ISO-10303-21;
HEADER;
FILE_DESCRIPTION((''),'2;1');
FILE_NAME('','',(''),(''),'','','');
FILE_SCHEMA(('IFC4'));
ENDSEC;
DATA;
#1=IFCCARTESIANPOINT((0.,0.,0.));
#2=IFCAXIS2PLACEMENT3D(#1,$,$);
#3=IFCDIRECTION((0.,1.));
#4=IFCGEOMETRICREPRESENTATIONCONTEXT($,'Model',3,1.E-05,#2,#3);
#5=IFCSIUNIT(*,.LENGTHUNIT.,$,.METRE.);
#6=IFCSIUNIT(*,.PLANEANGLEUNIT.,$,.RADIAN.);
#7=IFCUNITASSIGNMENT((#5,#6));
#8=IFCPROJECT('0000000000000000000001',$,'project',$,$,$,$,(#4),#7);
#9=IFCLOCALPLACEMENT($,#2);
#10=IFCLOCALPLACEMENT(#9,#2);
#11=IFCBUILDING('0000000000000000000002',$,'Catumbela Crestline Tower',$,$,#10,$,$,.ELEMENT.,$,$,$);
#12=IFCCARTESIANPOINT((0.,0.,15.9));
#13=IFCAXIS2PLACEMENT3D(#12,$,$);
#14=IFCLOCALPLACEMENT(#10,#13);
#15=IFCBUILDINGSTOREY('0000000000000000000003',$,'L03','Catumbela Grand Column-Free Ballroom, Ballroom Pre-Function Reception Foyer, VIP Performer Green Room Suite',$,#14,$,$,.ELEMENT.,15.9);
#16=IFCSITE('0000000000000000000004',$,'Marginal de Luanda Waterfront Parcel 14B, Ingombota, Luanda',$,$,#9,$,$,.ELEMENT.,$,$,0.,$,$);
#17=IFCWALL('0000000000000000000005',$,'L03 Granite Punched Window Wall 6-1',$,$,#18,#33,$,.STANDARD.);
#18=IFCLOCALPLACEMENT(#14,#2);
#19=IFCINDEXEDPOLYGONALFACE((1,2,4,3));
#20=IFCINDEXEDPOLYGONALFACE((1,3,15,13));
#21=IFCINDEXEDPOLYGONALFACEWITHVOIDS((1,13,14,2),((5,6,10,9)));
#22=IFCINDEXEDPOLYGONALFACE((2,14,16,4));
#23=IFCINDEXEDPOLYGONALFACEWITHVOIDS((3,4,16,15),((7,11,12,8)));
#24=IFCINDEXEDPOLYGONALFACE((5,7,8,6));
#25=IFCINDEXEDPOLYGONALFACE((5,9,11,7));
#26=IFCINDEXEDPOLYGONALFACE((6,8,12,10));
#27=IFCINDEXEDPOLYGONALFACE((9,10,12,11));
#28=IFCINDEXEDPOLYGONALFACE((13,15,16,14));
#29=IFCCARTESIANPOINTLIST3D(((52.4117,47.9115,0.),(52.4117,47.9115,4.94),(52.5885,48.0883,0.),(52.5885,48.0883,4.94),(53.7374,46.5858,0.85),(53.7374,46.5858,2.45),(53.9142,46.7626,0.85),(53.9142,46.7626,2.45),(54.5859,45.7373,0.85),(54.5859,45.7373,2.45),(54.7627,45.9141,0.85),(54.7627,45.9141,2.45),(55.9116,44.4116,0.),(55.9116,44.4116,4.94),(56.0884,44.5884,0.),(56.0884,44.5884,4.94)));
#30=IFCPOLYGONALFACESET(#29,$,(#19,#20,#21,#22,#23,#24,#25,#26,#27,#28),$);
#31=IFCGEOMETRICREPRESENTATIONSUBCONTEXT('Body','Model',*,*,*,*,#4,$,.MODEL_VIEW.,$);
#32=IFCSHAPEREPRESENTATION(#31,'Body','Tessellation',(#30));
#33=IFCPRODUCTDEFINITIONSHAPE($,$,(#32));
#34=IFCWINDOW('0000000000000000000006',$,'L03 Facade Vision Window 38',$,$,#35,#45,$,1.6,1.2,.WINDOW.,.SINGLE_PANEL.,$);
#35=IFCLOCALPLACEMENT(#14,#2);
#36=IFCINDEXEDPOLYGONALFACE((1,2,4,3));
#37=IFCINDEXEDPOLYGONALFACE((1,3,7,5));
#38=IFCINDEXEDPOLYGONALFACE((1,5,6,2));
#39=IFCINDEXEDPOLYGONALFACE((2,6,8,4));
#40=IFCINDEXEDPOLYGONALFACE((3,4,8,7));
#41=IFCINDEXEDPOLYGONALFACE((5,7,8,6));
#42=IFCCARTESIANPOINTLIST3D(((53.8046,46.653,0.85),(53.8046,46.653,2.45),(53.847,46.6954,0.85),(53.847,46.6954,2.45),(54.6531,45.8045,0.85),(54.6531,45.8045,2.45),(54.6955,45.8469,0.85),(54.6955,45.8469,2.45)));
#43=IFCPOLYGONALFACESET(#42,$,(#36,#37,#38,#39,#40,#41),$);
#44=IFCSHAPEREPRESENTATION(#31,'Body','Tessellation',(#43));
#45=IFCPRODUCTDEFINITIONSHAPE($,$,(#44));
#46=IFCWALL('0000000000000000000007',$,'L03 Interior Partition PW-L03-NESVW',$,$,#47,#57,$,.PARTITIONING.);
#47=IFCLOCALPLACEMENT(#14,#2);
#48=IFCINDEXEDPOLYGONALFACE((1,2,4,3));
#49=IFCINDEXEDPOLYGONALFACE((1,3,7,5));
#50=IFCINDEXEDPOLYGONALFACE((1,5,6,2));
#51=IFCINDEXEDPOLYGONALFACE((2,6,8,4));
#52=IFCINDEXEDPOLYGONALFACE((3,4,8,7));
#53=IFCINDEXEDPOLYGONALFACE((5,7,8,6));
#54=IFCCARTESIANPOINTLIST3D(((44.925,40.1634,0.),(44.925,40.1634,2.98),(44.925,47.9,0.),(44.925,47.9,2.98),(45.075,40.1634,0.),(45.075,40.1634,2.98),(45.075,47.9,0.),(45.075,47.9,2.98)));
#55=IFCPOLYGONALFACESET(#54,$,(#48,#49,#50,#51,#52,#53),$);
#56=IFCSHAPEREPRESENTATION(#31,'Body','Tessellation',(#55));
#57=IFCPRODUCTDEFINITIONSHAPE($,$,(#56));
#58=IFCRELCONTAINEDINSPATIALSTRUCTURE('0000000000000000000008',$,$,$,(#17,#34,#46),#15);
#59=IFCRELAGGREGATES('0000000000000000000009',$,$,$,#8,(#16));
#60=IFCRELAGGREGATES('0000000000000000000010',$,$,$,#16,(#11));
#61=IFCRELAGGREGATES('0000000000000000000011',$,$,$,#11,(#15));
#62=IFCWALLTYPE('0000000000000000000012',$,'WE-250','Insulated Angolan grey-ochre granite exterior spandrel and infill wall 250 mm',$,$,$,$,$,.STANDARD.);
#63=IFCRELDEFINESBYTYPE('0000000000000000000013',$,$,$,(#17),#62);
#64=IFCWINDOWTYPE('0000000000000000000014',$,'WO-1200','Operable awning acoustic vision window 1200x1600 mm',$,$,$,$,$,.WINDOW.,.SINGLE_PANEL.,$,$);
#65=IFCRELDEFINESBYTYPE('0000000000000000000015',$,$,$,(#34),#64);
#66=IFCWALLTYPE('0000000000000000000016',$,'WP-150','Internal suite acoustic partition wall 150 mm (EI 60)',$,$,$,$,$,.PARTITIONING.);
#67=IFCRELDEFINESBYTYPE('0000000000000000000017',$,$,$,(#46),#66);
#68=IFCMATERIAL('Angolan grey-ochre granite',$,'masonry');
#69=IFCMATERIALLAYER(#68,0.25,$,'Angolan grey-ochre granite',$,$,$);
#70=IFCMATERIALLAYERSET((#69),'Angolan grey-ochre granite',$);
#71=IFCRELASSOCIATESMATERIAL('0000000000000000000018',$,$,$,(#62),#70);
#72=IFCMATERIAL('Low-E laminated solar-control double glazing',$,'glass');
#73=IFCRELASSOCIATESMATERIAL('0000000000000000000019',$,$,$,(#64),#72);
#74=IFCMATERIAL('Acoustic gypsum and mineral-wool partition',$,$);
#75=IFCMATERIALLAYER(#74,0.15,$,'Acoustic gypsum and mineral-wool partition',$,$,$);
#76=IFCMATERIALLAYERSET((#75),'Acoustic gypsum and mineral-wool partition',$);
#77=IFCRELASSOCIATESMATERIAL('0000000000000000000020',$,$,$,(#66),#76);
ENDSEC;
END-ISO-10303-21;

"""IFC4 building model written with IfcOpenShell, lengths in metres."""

from ifc_helpers import new_model, si_unit, direction, frame, frame_2d, origin, place, context, subcontext, project, spatial, rectangle, extrude, material, layer, layer_set, type_object, element, fill, save


model = new_model("IFC4")

# Units and contexts
model_context = context("Model", 3, precision=1e-05, world=origin(), true_north=direction((0.0, 1.0)))
body_context = subcontext(model_context, "Body", "Model", "MODEL_VIEW")
ifc_project = project(units=[si_unit("LENGTHUNIT", "METRE"), si_unit("PLANEANGLEUNIT", "RADIAN")], contexts=[model_context])

# Site, building, storey
site_placement = place(None, origin())
site = spatial("IfcSite", under=ifc_project, at=site_placement, Name="Marginal de Luanda Waterfront Parcel 14B, Ingombota, Luanda", CompositionType="ELEMENT", RefElevation=0.0)
building_placement = place(site_placement, origin())
building = spatial("IfcBuilding", under=site, at=building_placement, Name="Catumbela Crestline Tower", CompositionType="ELEMENT")
storey_placement = place(building_placement, frame((0.0, 0.0, 15.9)))
storey = spatial("IfcBuildingStorey", under=building, at=storey_placement, Name="L03", Description="Catumbela Grand Column-Free Ballroom, Ballroom Pre-Function Reception Foyer, VIP Performer Green Room Suite", CompositionType="ELEMENT", Elevation=15.9)

# Shared definitions
ifc_material_1 = material(Name="Low-E laminated solar-control double glazing", Category="glass")

# Wall, opening, window
ifc_material_2 = material(Name="Angolan grey-ochre granite", Category="masonry")
ifc_layer_1 = layer(ifc_material_2, 0.25, Name="Angolan grey-ochre granite")
ifc_layer_set_1 = layer_set([ifc_layer_1], Name="Angolan grey-ochre granite")
wall_type_1 = type_object("IfcWallType", Name="WE-250", Description="Insulated Angolan grey-ochre granite exterior spandrel and infill wall 250 mm", PredefinedType="STANDARD", material=ifc_layer_set_1)
wall_1_placement = place(storey_placement, frame((56.0, 44.5, 0.0), z_axis=(0.0, 0.0, 1.0), x_axis=(-0.707107, 0.707107, 0.0)))
wall_1 = element("IfcWall", 1, at=wall_1_placement, inside=storey, type_object=wall_type_1, Name="L03 Granite Punched Window Wall 6-1", PredefinedType="STANDARD", context=body_context, shape_type="SweptSolid", body=[
    extrude(rectangle(XDim=4.9497, YDim=0.25, at=frame_2d((2.4748, 0.0))), origin(), (0.0, 0.0, 1.0), 4.94),
])
opening_placement = place(wall_1_placement, frame((1.8748, 0.0, 0.85)))
opening = element("IfcOpeningElement", 2, at=opening_placement, cuts=wall_1, PredefinedType="OPENING", context=body_context, shape_type="SweptSolid", body=[
    extrude(rectangle(XDim=1.2, YDim=1.6, at=frame_2d((0.6, 0.8))), frame((0.0, 0.135, 0.0), z_axis=(0.0, -1.0, 0.0), x_axis=(1.0, 0.0, 0.0)), (0.0, 0.0, 1.0), 0.27),
])
window_type = type_object("IfcWindowType", Name="WO-1200", Description="Operable awning acoustic vision window 1200x1600 mm", PartitioningType="SINGLE_PANEL", PredefinedType="WINDOW", material=ifc_material_1)
window_placement = place(opening_placement, origin())
window = element("IfcWindow", 3, at=window_placement, inside=storey, type_object=window_type, Name="L03 Facade Vision Window 38", OverallHeight=1.6, OverallWidth=1.2, PartitioningType="SINGLE_PANEL", PredefinedType="WINDOW", context=body_context, shape_type="SweptSolid", body=[
    extrude(rectangle(XDim=1.2, YDim=1.6, at=frame_2d((0.6, 0.8))), frame((0.0, 0.03, 0.0), z_axis=(0.0, -1.0, 0.0), x_axis=(1.0, 0.0, 0.0)), (0.0, 0.0, 1.0), 0.06),
])
fill(opening, window)

# Wall
ifc_material_3 = material(Name="Acoustic gypsum and mineral-wool partition")
ifc_layer_2 = layer(ifc_material_3, 0.15, Name="Acoustic gypsum and mineral-wool partition")
ifc_layer_set_2 = layer_set([ifc_layer_2], Name="Acoustic gypsum and mineral-wool partition")
wall_type_2 = type_object("IfcWallType", Name="WP-150", Description="Internal suite acoustic partition wall 150 mm (EI 60)", PredefinedType="PARTITIONING", material=ifc_layer_set_2)
wall_2_placement = place(storey_placement, frame((45.0, 40.1634, 0.0), z_axis=(0.0, 0.0, 1.0), x_axis=(0.0, 1.0, 0.0)))
element("IfcWall", 4, at=wall_2_placement, inside=storey, type_object=wall_type_2, Name="L03 Interior Partition PW-L03-NESVW", PredefinedType="PARTITIONING", context=body_context, shape_type="SweptSolid", body=[
    extrude(rectangle(XDim=7.7366, YDim=0.15, at=frame_2d((3.8683, 0.0))), origin(), (0.0, 0.0, 1.0), 2.98),
])

save(model, "model.ifc")
